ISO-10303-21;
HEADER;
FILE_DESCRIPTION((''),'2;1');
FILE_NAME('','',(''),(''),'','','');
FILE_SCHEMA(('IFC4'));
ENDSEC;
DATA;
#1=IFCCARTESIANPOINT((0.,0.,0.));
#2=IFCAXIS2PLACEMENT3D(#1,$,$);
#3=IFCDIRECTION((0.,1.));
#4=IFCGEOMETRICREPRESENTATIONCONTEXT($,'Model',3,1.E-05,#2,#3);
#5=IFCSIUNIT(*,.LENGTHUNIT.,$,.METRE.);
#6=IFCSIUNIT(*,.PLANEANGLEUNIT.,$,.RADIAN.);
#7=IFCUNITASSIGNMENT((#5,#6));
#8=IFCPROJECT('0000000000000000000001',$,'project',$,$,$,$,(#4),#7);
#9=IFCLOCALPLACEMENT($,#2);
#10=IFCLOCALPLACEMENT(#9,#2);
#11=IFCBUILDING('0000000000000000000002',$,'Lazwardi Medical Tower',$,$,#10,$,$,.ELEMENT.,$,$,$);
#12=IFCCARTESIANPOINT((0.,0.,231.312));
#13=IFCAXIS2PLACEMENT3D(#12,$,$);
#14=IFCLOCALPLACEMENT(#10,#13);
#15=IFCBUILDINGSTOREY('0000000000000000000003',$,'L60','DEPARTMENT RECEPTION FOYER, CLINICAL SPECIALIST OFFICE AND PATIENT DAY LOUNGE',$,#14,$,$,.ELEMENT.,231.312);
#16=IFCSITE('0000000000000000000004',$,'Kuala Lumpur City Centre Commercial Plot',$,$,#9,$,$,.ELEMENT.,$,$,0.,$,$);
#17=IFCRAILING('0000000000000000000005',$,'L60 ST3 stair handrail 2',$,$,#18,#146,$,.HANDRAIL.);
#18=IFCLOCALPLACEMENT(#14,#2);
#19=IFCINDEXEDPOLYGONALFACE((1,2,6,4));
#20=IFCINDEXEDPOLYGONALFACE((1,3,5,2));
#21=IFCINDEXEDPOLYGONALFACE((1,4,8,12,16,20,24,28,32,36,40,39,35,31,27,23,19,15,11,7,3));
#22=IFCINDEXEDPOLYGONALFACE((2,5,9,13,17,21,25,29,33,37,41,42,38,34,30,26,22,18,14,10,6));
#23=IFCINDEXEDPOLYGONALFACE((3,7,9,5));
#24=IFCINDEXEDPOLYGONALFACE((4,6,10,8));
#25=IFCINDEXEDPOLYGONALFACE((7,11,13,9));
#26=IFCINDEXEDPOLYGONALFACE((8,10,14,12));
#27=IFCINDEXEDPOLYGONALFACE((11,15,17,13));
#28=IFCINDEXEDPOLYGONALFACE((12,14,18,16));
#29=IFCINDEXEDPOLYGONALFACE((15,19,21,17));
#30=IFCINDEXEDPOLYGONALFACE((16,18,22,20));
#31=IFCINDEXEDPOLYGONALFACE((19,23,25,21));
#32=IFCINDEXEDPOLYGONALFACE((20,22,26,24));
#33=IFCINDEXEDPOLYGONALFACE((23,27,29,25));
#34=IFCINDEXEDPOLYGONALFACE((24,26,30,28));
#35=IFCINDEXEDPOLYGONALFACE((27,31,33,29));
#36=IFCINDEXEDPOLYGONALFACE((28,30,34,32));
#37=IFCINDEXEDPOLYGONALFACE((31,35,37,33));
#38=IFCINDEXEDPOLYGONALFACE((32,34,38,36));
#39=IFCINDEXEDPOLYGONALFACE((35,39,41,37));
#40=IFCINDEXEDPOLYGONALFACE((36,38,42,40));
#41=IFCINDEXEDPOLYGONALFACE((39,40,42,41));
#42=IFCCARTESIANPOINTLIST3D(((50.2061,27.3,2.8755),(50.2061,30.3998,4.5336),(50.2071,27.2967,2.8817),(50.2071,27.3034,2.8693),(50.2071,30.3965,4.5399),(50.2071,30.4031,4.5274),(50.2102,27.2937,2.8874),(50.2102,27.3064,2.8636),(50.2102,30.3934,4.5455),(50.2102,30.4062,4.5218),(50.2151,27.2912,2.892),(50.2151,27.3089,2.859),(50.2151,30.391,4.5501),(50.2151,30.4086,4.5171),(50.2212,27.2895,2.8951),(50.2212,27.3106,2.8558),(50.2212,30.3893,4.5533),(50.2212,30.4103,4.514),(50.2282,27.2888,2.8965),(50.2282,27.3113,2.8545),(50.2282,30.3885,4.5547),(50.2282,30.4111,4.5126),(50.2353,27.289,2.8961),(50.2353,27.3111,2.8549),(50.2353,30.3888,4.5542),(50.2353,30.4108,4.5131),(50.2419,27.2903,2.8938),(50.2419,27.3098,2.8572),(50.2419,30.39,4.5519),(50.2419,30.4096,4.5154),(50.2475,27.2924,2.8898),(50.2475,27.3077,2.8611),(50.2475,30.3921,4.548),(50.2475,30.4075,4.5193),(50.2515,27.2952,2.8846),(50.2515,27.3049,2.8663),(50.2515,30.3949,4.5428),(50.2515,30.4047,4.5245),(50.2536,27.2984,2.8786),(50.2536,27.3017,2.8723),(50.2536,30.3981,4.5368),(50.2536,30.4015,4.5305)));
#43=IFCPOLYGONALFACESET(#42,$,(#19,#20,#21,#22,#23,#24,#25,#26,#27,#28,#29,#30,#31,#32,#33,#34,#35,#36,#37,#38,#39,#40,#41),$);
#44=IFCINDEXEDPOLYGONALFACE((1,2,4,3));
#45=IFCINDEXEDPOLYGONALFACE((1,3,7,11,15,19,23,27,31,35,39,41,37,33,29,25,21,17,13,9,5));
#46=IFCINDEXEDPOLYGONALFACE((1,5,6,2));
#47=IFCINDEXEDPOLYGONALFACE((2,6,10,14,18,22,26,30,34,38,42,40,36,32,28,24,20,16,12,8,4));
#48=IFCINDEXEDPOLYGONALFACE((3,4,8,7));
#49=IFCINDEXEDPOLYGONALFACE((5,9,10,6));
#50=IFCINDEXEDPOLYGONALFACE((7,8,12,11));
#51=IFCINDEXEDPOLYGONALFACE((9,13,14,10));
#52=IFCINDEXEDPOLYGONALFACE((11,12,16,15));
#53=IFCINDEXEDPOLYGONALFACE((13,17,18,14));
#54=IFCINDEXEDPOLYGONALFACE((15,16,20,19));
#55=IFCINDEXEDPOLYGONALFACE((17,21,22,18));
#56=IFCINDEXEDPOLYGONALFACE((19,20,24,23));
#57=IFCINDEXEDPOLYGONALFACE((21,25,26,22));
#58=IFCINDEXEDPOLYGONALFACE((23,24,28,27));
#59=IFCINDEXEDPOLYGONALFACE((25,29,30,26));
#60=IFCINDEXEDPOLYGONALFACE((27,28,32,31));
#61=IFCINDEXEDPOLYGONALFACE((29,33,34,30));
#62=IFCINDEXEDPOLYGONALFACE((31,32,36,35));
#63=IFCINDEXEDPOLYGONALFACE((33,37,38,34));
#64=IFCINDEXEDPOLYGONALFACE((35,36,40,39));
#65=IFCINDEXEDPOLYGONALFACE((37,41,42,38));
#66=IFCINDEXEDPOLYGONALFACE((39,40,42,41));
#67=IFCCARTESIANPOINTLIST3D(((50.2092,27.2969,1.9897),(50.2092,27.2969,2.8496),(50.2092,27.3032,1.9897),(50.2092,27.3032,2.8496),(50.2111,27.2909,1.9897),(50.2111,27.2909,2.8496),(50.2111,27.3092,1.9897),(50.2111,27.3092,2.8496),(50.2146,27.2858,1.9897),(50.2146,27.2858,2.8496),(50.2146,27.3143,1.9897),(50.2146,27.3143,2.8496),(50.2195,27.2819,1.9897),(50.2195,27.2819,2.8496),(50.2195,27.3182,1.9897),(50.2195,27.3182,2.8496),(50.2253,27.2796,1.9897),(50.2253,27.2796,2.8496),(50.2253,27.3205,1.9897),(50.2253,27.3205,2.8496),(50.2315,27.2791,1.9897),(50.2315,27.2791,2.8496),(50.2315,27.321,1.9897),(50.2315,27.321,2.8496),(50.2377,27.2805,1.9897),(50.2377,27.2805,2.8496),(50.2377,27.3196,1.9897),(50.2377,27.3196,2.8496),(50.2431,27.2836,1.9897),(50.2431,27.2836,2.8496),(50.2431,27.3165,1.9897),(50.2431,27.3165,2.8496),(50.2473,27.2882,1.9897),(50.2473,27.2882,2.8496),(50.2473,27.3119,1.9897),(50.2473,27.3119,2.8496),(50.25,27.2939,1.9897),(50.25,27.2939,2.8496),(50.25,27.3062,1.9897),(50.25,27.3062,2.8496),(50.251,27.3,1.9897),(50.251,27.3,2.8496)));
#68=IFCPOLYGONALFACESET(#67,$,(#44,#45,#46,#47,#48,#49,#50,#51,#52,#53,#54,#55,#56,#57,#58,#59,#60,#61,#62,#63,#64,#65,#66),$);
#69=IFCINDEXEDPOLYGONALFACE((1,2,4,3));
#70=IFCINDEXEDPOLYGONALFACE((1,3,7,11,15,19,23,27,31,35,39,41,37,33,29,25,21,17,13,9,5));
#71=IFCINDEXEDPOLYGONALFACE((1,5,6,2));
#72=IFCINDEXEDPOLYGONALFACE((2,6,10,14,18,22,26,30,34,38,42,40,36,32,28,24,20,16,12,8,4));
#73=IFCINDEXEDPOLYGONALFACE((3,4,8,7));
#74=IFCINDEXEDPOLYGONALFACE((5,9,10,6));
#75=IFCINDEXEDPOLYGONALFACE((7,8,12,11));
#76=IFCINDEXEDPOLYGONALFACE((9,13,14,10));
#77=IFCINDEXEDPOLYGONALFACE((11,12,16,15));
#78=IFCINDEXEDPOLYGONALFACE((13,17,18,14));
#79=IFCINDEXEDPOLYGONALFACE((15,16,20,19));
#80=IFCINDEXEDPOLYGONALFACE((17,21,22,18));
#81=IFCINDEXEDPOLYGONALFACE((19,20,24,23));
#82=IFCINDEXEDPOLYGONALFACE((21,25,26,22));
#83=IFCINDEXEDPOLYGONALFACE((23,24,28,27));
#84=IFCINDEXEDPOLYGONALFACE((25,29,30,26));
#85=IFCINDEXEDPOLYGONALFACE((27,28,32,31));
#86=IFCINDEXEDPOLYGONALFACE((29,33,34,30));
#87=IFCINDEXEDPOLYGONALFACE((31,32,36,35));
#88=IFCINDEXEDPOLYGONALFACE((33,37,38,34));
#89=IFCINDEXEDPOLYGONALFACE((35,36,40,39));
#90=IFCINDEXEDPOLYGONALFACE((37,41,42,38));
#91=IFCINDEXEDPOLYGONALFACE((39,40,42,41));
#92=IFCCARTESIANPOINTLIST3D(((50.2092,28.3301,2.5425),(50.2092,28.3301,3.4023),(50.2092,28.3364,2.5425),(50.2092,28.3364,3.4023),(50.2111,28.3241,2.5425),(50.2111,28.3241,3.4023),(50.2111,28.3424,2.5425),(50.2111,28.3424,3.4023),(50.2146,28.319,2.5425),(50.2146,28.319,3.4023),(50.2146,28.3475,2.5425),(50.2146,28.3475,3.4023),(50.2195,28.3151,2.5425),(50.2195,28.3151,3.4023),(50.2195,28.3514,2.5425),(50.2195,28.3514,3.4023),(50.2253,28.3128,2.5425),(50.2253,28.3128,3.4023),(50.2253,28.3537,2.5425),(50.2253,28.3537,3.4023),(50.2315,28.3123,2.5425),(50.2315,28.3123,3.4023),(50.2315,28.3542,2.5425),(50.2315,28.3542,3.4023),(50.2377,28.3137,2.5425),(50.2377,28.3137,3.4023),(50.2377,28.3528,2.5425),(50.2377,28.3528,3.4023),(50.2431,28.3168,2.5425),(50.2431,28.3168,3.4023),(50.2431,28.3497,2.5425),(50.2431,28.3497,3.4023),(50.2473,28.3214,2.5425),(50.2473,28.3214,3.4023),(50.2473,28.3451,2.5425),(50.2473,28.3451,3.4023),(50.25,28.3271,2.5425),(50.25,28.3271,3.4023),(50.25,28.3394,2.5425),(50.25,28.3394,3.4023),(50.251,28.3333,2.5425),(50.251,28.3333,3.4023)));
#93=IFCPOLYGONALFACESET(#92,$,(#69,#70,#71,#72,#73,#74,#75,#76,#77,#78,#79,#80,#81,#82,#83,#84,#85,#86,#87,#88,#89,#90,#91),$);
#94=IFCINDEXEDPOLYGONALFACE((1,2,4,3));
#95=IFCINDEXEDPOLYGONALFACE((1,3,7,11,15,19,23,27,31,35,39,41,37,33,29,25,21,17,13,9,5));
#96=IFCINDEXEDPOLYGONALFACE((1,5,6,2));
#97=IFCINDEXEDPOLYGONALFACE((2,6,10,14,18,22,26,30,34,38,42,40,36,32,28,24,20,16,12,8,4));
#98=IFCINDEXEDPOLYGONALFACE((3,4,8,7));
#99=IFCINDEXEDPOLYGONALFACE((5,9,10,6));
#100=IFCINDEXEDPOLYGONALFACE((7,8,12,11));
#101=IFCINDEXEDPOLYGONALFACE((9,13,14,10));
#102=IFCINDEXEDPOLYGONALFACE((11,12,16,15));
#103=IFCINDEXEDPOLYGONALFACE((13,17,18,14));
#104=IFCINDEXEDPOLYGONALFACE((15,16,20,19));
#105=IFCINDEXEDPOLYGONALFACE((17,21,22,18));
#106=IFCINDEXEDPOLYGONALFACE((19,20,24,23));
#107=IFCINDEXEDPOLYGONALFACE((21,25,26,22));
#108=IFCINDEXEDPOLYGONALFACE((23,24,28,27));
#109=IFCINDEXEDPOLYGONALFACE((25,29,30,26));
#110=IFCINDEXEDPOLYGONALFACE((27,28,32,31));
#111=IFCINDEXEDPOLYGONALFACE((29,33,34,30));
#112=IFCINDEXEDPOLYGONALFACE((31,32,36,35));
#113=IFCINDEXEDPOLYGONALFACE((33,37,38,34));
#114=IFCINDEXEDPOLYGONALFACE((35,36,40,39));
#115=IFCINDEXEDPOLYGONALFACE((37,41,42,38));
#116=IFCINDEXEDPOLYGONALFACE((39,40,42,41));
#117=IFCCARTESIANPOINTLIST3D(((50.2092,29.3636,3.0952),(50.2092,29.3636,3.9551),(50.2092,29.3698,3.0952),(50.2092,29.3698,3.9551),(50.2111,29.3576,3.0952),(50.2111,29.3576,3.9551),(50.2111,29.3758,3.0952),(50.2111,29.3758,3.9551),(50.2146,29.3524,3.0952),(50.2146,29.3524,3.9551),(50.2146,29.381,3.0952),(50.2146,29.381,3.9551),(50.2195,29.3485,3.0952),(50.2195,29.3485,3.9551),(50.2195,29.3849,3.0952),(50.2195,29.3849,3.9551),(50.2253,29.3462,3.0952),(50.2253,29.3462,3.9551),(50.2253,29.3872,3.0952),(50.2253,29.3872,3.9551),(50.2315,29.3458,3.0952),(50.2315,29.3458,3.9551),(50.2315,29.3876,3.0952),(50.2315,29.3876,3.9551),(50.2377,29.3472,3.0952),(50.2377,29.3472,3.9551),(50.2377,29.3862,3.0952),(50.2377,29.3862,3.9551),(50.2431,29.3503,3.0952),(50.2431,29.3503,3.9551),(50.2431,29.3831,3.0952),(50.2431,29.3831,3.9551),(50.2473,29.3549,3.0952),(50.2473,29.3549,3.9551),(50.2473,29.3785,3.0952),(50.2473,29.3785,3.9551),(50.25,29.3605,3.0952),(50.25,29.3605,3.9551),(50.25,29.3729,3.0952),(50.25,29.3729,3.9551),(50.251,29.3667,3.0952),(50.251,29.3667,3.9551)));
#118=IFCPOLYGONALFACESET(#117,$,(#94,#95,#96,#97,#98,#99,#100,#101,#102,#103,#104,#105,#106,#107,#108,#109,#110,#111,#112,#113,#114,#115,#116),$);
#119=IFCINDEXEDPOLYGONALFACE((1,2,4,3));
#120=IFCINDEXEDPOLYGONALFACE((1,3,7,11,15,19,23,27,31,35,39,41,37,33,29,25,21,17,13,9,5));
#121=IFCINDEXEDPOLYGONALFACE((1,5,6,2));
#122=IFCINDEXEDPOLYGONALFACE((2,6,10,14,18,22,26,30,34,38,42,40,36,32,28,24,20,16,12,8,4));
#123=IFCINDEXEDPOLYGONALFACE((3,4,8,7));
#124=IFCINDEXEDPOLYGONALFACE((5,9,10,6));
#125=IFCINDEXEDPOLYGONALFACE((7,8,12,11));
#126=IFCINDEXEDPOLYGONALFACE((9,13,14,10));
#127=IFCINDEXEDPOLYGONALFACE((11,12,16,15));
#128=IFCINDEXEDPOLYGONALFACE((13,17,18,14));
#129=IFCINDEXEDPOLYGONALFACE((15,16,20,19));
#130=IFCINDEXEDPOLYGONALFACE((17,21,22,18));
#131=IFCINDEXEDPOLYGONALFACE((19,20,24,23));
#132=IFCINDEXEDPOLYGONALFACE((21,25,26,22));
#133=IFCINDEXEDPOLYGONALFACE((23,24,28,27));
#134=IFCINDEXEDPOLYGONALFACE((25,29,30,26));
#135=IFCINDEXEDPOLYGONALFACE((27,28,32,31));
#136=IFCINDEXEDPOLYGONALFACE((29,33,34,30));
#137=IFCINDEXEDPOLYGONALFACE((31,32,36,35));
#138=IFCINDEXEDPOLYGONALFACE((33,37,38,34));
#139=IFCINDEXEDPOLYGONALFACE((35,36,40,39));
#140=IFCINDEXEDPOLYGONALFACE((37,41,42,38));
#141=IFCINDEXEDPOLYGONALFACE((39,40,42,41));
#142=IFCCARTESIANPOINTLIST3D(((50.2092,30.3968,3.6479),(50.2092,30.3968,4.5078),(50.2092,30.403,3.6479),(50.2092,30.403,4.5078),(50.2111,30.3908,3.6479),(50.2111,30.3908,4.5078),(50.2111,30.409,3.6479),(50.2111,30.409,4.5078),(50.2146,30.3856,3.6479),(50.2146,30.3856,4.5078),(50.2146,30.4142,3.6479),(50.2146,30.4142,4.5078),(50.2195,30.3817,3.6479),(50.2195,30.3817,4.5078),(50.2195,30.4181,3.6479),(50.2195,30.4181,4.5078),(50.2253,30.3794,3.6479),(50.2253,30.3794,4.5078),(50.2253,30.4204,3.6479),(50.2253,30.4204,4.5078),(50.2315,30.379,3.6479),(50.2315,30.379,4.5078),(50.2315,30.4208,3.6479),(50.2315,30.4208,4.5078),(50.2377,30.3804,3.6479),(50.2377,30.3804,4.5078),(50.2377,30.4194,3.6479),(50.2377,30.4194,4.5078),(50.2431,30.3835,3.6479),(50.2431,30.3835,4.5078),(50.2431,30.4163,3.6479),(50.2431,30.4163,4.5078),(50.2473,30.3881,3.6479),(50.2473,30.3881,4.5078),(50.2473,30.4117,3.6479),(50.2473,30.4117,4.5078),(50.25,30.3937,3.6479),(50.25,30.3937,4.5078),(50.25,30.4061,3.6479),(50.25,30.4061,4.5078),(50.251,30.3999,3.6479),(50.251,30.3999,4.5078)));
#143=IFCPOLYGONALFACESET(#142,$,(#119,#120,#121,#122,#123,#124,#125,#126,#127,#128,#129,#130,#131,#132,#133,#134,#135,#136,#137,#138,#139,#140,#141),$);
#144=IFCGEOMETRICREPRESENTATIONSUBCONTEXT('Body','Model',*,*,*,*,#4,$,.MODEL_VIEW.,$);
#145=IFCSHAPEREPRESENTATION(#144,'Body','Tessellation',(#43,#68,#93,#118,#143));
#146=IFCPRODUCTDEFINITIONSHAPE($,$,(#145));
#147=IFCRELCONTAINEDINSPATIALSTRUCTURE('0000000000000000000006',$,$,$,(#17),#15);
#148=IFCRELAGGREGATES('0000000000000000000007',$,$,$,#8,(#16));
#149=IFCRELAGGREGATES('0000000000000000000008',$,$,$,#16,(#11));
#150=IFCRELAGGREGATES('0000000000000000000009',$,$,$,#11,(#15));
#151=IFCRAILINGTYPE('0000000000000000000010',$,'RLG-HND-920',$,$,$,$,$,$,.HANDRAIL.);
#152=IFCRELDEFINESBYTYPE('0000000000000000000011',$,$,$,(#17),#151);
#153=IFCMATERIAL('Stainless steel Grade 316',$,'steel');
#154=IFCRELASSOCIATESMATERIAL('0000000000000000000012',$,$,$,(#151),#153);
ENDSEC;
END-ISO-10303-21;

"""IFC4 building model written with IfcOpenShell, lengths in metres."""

from ifc_helpers import new_model, si_unit, direction, frame, origin, origin_2d, place, context, subcontext, project, spatial, circle, extrude, material, type_object, element, save


model = new_model("IFC4")

# Units and contexts
model_context = context("Model", 3, precision=1e-05, world=origin(), true_north=direction((0.0, 1.0)))
body_context = subcontext(model_context, "Body", "Model", "MODEL_VIEW")
ifc_project = project(units=[si_unit("LENGTHUNIT", "METRE"), si_unit("PLANEANGLEUNIT", "RADIAN")], contexts=[model_context])

# Site, building, storey
site_placement = place(None, origin())
site = spatial("IfcSite", under=ifc_project, at=site_placement, Name="Kuala Lumpur City Centre Commercial Plot", CompositionType="ELEMENT", RefElevation=0.0)
building_placement = place(site_placement, origin())
building = spatial("IfcBuilding", under=site, at=building_placement, Name="Lazwardi Medical Tower", CompositionType="ELEMENT")
storey_placement = place(building_placement, frame((0.0, 0.0, 231.312)))
storey = spatial("IfcBuildingStorey", under=building, at=storey_placement, Name="L60", Description="DEPARTMENT RECEPTION FOYER, CLINICAL SPECIALIST OFFICE AND PATIENT DAY LOUNGE", CompositionType="ELEMENT", Elevation=231.312)

# Railing
ifc_material_1 = material(Name="Stainless steel Grade 316", Category="steel")
railing_type_1 = type_object("IfcRailingType", Name="RLG-HND-920", PredefinedType="HANDRAIL", material=ifc_material_1)
railing_1_placement = place(storey_placement, frame((50.23, 27.3, 1.9897)))
element("IfcRailing", 1, at=railing_1_placement, inside=storey, type_object=railing_type_1, Name="L60 ST3 stair handrail 2", PredefinedType="HANDRAIL", context=body_context, shape_type="SweptSolid", body=[
    extrude(circle(Radius=0.0239, at=origin_2d()), frame((0.0, 0.0, 0.8857), z_axis=(0.0, 0.881768, 0.471684), x_axis=(-1.0, 0.0, 0.0)), (0.0, 0.0, 1.0), 3.5154),
    extrude(circle(Radius=0.021, at=origin_2d()), origin(), (0.0, 0.0, 1.0), 0.8599),
    extrude(circle(Radius=0.021, at=origin_2d()), frame((0.0, 1.0332, 0.5527)), (0.0, 0.0, 1.0), 0.8599),
    extrude(circle(Radius=0.021, at=origin_2d()), frame((0.0, 2.0667, 1.1055)), (0.0, 0.0, 1.0), 0.8599),
    extrude(circle(Radius=0.021, at=origin_2d()), frame((0.0, 3.0999, 1.6582)), (0.0, 0.0, 1.0), 0.8599),
])

save(model, "model.ifc")
